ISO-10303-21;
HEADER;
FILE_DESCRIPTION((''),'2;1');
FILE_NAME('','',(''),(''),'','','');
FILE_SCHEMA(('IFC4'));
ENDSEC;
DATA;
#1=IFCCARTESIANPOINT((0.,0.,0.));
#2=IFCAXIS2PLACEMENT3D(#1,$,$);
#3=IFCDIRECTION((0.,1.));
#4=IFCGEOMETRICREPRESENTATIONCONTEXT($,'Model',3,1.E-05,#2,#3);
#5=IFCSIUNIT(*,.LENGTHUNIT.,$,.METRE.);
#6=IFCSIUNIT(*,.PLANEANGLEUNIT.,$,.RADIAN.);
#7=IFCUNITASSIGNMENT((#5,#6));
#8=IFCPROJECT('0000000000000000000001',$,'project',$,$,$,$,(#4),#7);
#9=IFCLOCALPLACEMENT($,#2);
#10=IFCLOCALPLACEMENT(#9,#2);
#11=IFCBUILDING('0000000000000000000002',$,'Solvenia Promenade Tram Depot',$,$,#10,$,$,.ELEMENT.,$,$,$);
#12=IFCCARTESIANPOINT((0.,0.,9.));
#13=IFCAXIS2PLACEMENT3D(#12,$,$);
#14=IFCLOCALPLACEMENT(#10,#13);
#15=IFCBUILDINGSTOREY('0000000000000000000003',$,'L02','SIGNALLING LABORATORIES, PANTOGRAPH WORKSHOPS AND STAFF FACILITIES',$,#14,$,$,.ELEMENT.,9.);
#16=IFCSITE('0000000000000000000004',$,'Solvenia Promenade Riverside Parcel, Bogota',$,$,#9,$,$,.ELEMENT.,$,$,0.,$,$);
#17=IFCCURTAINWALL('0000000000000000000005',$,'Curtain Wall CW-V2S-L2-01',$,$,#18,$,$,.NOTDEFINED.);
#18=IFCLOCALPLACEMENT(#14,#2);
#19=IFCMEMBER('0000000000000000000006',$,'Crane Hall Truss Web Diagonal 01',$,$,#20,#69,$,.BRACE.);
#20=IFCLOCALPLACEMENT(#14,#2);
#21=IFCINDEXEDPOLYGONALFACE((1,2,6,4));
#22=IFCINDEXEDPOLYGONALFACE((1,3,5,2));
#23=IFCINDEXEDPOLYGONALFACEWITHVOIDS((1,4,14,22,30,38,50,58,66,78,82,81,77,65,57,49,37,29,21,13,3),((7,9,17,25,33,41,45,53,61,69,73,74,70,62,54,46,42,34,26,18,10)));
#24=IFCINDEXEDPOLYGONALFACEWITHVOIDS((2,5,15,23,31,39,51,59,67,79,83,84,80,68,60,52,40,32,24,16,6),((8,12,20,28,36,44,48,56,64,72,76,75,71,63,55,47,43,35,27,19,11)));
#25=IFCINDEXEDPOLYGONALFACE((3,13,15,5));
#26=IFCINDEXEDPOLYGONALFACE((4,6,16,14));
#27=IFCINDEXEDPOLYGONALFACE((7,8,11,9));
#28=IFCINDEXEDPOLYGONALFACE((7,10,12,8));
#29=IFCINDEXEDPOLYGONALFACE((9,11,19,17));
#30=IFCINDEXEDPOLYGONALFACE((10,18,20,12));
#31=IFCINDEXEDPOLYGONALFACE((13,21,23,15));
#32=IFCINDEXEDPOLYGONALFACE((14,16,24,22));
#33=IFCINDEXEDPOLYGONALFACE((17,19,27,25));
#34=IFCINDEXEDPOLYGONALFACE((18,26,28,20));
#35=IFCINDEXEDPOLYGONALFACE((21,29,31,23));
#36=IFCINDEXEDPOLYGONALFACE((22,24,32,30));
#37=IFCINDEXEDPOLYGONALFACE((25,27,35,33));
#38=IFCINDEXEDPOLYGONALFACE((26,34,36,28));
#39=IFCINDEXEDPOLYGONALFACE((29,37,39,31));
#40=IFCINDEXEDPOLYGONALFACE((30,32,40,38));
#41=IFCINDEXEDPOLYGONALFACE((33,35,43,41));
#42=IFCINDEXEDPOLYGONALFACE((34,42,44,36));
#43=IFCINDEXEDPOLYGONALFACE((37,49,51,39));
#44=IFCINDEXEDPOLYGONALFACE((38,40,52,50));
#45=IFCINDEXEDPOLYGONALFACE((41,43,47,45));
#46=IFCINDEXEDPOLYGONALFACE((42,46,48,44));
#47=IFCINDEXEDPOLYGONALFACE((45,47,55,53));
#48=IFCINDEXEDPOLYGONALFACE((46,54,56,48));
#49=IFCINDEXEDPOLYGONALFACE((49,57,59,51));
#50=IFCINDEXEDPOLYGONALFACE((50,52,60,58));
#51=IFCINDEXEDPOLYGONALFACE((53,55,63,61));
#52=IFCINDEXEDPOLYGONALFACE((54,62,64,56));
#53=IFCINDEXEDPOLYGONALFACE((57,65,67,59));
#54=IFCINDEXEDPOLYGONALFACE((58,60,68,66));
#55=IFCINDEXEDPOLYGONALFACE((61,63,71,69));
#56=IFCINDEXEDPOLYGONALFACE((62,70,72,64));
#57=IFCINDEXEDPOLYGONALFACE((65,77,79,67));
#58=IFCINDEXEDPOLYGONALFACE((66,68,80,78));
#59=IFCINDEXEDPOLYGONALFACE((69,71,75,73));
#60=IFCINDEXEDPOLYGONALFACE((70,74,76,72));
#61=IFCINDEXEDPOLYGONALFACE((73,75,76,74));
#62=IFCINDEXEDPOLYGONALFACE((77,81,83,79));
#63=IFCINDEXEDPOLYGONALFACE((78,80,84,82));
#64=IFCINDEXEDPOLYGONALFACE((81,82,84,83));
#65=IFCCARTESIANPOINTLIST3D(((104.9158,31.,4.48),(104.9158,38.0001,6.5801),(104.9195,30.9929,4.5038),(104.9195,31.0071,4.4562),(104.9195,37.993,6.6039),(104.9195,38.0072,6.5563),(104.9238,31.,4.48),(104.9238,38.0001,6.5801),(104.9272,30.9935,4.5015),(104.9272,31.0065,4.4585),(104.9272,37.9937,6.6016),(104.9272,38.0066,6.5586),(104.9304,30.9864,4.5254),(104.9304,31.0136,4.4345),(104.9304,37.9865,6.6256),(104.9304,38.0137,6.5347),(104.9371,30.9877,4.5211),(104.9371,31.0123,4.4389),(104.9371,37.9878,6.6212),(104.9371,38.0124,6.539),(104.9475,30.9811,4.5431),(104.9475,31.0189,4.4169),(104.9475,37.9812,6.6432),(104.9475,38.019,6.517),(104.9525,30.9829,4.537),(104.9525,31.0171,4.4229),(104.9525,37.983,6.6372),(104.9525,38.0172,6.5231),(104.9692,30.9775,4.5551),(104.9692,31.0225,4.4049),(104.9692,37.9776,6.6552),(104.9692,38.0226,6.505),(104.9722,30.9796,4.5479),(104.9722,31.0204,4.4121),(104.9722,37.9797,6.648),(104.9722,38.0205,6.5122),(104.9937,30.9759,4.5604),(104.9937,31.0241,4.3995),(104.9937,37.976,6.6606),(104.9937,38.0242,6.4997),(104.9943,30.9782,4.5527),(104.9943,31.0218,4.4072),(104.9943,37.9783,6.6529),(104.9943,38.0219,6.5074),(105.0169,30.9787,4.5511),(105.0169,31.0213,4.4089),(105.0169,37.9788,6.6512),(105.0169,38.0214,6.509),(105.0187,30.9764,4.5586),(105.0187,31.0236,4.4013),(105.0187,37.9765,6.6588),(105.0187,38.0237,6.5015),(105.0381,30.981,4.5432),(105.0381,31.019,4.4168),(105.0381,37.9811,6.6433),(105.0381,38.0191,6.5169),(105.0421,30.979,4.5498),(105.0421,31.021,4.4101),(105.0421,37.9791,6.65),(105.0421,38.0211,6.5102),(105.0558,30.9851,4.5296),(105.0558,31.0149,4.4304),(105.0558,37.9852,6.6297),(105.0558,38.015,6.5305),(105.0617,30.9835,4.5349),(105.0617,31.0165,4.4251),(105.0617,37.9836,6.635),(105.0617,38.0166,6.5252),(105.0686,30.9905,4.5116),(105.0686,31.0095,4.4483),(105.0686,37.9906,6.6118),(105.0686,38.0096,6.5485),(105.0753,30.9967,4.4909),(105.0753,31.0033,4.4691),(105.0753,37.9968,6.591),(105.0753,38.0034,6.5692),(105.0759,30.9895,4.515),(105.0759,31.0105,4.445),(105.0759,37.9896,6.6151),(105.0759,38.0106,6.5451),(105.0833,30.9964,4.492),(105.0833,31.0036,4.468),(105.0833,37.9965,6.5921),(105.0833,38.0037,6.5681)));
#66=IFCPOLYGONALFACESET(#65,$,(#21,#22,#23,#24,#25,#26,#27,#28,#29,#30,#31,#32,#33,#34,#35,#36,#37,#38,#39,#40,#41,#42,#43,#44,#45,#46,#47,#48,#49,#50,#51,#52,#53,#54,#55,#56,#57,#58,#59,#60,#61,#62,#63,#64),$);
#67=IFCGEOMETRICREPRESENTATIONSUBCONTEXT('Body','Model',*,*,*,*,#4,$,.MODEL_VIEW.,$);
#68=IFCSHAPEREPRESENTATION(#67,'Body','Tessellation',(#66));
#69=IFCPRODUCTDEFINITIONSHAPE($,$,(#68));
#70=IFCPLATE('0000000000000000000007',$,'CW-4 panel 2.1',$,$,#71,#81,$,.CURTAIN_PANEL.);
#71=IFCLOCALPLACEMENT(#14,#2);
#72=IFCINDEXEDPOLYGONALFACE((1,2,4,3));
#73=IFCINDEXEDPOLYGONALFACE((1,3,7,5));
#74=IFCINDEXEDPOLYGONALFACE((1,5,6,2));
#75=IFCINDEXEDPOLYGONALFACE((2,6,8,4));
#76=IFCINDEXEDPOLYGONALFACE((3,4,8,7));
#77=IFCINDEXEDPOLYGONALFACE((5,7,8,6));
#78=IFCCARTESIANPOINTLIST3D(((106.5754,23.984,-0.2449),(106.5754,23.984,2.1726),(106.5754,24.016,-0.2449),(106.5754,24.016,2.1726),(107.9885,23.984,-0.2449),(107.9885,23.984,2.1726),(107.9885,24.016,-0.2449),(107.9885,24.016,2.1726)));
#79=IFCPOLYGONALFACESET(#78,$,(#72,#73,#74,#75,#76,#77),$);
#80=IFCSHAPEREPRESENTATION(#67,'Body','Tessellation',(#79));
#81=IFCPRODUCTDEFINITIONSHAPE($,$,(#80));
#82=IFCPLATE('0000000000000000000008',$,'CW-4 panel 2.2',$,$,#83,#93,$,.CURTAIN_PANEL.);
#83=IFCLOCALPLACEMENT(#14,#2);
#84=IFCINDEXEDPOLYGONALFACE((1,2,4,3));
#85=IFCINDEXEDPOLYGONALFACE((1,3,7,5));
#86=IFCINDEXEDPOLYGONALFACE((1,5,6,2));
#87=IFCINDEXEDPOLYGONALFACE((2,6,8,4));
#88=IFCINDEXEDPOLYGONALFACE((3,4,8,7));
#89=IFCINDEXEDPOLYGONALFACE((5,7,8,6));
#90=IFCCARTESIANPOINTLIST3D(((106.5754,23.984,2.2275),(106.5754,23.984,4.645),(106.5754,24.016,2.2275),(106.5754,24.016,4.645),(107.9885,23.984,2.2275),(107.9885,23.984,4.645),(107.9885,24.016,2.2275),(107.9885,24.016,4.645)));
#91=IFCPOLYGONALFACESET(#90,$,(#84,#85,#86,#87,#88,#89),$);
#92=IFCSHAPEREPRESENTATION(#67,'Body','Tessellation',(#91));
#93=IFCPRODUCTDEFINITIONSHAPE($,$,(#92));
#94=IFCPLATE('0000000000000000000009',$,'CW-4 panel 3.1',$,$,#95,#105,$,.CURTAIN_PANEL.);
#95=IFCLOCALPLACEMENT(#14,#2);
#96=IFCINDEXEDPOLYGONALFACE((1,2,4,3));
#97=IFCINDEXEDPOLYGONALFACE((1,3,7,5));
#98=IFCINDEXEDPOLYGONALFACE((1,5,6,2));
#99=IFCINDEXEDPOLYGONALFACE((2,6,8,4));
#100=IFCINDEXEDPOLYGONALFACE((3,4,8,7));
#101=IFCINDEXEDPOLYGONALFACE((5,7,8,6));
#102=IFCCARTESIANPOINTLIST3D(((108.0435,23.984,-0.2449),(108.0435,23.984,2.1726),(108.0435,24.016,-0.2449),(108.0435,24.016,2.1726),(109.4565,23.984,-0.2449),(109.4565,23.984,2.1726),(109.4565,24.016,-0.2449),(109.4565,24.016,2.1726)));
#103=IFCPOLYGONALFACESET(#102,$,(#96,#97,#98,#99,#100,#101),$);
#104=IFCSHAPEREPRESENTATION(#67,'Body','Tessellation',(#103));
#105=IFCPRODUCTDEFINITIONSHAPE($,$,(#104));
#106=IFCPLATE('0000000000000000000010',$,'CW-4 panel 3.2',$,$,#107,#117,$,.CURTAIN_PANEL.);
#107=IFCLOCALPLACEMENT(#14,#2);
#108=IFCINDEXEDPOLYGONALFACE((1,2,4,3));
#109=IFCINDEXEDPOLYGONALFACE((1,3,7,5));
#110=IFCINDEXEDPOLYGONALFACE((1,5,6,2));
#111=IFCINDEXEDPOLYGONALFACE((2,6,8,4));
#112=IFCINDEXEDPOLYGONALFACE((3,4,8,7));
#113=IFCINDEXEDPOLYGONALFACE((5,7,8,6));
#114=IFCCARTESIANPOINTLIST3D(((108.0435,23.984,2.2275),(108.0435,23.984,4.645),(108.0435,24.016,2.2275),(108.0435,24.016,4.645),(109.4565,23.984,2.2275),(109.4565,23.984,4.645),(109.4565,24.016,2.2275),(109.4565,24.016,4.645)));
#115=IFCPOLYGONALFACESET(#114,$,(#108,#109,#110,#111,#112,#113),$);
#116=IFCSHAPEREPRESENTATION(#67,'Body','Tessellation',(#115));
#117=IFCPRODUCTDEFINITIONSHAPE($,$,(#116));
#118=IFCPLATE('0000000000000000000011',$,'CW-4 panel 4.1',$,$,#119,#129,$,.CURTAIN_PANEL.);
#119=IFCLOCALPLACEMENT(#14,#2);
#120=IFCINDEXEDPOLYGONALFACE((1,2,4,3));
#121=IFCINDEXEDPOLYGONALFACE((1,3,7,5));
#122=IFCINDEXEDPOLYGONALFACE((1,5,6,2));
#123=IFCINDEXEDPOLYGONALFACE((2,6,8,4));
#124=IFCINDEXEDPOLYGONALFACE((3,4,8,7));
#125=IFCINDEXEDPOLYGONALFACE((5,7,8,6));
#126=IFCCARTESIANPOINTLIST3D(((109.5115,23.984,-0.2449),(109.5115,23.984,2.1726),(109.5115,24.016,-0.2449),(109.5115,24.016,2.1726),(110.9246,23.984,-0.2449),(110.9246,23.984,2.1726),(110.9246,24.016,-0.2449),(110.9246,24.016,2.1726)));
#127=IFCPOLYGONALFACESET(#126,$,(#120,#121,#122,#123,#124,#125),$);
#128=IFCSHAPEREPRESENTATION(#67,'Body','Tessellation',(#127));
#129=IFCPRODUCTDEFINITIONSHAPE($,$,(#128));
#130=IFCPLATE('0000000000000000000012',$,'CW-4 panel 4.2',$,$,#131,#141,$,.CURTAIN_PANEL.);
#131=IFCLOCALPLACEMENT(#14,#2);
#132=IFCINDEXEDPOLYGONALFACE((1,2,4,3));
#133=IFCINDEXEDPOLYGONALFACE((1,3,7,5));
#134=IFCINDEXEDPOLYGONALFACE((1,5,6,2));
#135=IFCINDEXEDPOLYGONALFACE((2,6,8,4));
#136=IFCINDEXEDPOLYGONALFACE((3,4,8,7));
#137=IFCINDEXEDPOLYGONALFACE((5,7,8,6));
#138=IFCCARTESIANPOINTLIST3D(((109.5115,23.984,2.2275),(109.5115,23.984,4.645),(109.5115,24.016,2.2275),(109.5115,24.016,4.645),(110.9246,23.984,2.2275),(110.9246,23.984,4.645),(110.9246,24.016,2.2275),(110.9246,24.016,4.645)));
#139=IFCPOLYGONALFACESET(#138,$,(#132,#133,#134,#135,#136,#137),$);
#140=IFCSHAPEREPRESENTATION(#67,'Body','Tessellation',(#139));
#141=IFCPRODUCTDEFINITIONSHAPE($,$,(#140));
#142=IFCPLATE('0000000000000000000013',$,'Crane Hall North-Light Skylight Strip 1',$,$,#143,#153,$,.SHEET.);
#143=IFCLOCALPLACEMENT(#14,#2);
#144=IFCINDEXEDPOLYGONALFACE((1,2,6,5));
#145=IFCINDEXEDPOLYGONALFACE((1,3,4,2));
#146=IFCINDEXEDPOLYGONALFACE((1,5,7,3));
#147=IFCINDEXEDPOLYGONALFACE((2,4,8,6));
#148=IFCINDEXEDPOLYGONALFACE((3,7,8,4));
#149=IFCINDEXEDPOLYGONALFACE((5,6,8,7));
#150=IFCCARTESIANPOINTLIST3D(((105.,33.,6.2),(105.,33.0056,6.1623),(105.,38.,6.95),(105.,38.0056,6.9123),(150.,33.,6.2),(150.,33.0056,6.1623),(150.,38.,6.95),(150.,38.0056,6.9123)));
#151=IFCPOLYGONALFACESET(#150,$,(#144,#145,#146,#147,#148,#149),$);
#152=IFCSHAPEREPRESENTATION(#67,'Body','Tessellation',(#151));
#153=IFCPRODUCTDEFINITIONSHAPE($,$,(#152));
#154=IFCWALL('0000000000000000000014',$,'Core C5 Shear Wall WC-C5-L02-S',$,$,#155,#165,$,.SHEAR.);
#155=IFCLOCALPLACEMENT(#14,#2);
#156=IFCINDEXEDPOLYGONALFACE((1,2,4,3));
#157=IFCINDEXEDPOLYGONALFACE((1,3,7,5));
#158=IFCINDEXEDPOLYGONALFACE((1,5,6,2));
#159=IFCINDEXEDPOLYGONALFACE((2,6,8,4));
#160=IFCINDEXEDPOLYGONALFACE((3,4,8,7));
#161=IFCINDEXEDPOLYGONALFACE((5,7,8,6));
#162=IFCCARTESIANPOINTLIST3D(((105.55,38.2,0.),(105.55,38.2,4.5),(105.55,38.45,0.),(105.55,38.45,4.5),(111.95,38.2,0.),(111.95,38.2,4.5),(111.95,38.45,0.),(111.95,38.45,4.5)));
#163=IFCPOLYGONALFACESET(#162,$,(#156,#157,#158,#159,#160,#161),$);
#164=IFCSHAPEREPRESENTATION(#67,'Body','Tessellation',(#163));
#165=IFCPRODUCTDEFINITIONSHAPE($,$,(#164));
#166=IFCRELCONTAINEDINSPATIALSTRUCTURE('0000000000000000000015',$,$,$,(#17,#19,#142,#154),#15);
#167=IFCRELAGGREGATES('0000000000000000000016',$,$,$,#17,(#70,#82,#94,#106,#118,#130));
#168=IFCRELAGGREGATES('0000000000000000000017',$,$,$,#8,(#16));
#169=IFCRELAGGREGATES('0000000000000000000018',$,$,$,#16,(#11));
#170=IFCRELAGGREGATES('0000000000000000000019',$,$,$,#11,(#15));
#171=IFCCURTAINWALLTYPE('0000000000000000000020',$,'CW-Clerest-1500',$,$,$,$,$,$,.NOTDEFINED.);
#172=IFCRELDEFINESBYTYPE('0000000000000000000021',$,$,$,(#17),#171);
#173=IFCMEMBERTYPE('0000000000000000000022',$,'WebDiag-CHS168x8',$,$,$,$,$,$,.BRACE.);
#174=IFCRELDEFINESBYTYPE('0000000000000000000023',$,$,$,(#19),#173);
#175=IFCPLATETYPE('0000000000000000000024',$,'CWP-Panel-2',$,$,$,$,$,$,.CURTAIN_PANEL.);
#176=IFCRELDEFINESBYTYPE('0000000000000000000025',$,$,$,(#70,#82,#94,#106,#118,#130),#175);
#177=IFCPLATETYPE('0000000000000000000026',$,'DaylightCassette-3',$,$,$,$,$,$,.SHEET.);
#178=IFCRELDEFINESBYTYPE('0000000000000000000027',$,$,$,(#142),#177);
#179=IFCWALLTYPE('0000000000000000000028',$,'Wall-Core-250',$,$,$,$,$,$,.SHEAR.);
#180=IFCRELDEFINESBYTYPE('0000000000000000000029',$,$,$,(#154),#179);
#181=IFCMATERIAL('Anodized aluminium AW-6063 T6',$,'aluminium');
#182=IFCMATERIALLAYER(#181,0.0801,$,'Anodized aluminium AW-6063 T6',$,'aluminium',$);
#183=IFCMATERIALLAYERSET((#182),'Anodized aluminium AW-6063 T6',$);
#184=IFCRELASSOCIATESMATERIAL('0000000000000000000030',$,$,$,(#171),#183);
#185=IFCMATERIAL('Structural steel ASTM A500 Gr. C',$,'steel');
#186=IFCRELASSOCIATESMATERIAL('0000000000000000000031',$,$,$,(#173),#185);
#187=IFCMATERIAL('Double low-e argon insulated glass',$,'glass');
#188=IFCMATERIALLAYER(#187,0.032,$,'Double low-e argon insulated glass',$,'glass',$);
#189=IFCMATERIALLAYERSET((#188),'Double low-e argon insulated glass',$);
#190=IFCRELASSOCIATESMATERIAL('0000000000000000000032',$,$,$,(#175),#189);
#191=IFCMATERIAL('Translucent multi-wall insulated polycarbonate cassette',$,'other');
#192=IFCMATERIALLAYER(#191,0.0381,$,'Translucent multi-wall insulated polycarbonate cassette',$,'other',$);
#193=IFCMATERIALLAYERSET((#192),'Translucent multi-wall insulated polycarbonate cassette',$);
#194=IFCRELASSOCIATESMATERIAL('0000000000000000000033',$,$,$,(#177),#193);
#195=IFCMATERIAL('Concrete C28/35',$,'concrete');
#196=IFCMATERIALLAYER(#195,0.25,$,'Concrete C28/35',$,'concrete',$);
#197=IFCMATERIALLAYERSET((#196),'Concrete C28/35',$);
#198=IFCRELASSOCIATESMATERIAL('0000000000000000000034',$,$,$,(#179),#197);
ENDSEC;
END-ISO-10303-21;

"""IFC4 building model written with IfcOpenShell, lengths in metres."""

from ifc_helpers import new_model, si_unit, direction, frame, frame_2d, origin, origin_2d, place, context, subcontext, project, spatial, polyline, rectangle, hollow_circle, outline, extrude, material, layer, layer_set, material_profile, profile_set, type_object, element, aggregate, save


model = new_model("IFC4")

# Units and contexts
model_context = context("Model", 3, precision=1e-05, world=origin(), true_north=direction((0.0, 1.0)))
body_context = subcontext(model_context, "Body", "Model", "MODEL_VIEW")
ifc_project = project(units=[si_unit("LENGTHUNIT", "METRE"), si_unit("PLANEANGLEUNIT", "RADIAN")], contexts=[model_context])

# Site, building, storey
site_placement = place(None, origin())
site = spatial("IfcSite", under=ifc_project, at=site_placement, Name="Solvenia Promenade Riverside Parcel, Bogota", CompositionType="ELEMENT", RefElevation=0.0)
building_placement = place(site_placement, origin())
building = spatial("IfcBuilding", under=site, at=building_placement, Name="Solvenia Promenade Tram Depot", CompositionType="ELEMENT")
storey_placement = place(building_placement, frame((0.0, 0.0, 9.0)))
storey = spatial("IfcBuildingStorey", under=building, at=storey_placement, Name="L02", Description="SIGNALLING LABORATORIES, PANTOGRAPH WORKSHOPS AND STAFF FACILITIES", CompositionType="ELEMENT", Elevation=9.0)

# Shared definitions
ifc_material_1 = material(Name="Anodized aluminium AW-6063 T6", Category="aluminium")

# Curtain wall
ifc_layer_1 = layer(ifc_material_1, 0.0801, Name="Anodized aluminium AW-6063 T6", Category="aluminium")
ifc_layer_set_1 = layer_set([ifc_layer_1], Name="Anodized aluminium AW-6063 T6")
curtain_wall_type_1 = type_object("IfcCurtainWallType", Name="CW-Clerest-1500", PredefinedType="NOTDEFINED", material=ifc_layer_set_1)
curtain_wall_1_placement = place(storey_placement, origin())
curtain_wall_1 = element("IfcCurtainWall", 1, at=curtain_wall_1_placement, inside=storey, type_object=curtain_wall_type_1, Name="Curtain Wall CW-V2S-L2-01", PredefinedType="NOTDEFINED")

# Shared definitions
ifc_material_2 = material(Name="Structural steel ASTM A500 Gr. C", Category="steel")

# Member
ifc_material_profile_1 = material_profile(ifc_material_2, hollow_circle(Radius=0.0842, WallThickness=0.0081, at=origin_2d()), Name="CHS168.3x8", Category="steel")
ifc_profile_set_1 = profile_set([ifc_material_profile_1], Name="Structural steel ASTM A500 Gr. C")
member_type_1 = type_object("IfcMemberType", Name="WebDiag-CHS168x8", PredefinedType="BRACE", material=ifc_profile_set_1)
member_1_placement = place(storey_placement, frame((105.0, 31.0, 4.48), z_axis=(0.0, 0.957823, 0.28736), x_axis=(-1.0, 0.0, 0.0)))
element("IfcMember", 2, at=member_1_placement, inside=storey, type_object=member_type_1, Name="Crane Hall Truss Web Diagonal 01", PredefinedType="BRACE", context=body_context, shape_type="SweptSolid", body=[
    extrude(hollow_circle(Radius=0.0842, WallThickness=0.0081, at=origin_2d()), origin(), (0.0, 0.0, 1.0), 7.3083),
])

# Plates
ifc_material_3 = material(Name="Double low-e argon insulated glass", Category="glass")
ifc_layer_2 = layer(ifc_material_3, 0.032, Name="Double low-e argon insulated glass", Category="glass")
ifc_layer_set_2 = layer_set([ifc_layer_2], Name="Double low-e argon insulated glass")
plate_type_1 = type_object("IfcPlateType", Name="CWP-Panel-2", PredefinedType="CURTAIN_PANEL", material=ifc_layer_set_2)
plate_1_placement = place(storey_placement, frame((107.282, 24.0, -0.2449), z_axis=(0.0, 0.0, 1.0), x_axis=(1.0, 0.0, 0.0)))
plate_1 = element("IfcPlate", 3, at=plate_1_placement, type_object=plate_type_1, Name="CW-4 panel 2.1", PredefinedType="CURTAIN_PANEL", context=body_context, shape_type="SweptSolid", body=[
    extrude(rectangle(XDim=1.4131, YDim=0.032, at=origin_2d()), origin(), (0.0, 0.0, 1.0), 2.4175),
])
plate_2_placement = place(storey_placement, frame((107.282, 24.0, 2.2275), z_axis=(0.0, 0.0, 1.0), x_axis=(1.0, 0.0, 0.0)))
plate_2 = element("IfcPlate", 4, at=plate_2_placement, type_object=plate_type_1, Name="CW-4 panel 2.2", PredefinedType="CURTAIN_PANEL", context=body_context, shape_type="SweptSolid", body=[
    extrude(rectangle(XDim=1.4131, YDim=0.032, at=origin_2d()), origin(), (0.0, 0.0, 1.0), 2.4175),
])
plate_3_placement = place(storey_placement, frame((108.75, 24.0, -0.2449), z_axis=(0.0, 0.0, 1.0), x_axis=(1.0, 0.0, 0.0)))
plate_3 = element("IfcPlate", 5, at=plate_3_placement, type_object=plate_type_1, Name="CW-4 panel 3.1", PredefinedType="CURTAIN_PANEL", context=body_context, shape_type="SweptSolid", body=[
    extrude(rectangle(XDim=1.4131, YDim=0.032, at=origin_2d()), origin(), (0.0, 0.0, 1.0), 2.4175),
])
plate_4_placement = place(storey_placement, frame((108.75, 24.0, 2.2275), z_axis=(0.0, 0.0, 1.0), x_axis=(1.0, 0.0, 0.0)))
plate_4 = element("IfcPlate", 6, at=plate_4_placement, type_object=plate_type_1, Name="CW-4 panel 3.2", PredefinedType="CURTAIN_PANEL", context=body_context, shape_type="SweptSolid", body=[
    extrude(rectangle(XDim=1.4131, YDim=0.032, at=origin_2d()), origin(), (0.0, 0.0, 1.0), 2.4175),
])
plate_5_placement = place(storey_placement, frame((110.218, 24.0, -0.2449), z_axis=(0.0, 0.0, 1.0), x_axis=(1.0, 0.0, 0.0)))
plate_5 = element("IfcPlate", 7, at=plate_5_placement, type_object=plate_type_1, Name="CW-4 panel 4.1", PredefinedType="CURTAIN_PANEL", context=body_context, shape_type="SweptSolid", body=[
    extrude(rectangle(XDim=1.4131, YDim=0.032, at=origin_2d()), origin(), (0.0, 0.0, 1.0), 2.4175),
])
plate_6_placement = place(storey_placement, frame((110.218, 24.0, 2.2275), z_axis=(0.0, 0.0, 1.0), x_axis=(1.0, 0.0, 0.0)))
plate_6 = element("IfcPlate", 8, at=plate_6_placement, type_object=plate_type_1, Name="CW-4 panel 4.2", PredefinedType="CURTAIN_PANEL", context=body_context, shape_type="SweptSolid", body=[
    extrude(rectangle(XDim=1.4131, YDim=0.032, at=origin_2d()), origin(), (0.0, 0.0, 1.0), 2.4175),
])
aggregate(curtain_wall_1, [plate_1, plate_2, plate_3, plate_4, plate_5, plate_6])
ifc_material_4 = material(Name="Translucent multi-wall insulated polycarbonate cassette", Category="other")
ifc_layer_3 = layer(ifc_material_4, 0.0381, Name="Translucent multi-wall insulated polycarbonate cassette", Category="other")
ifc_layer_set_3 = layer_set([ifc_layer_3], Name="Translucent multi-wall insulated polycarbonate cassette")
plate_type_2 = type_object("IfcPlateType", Name="DaylightCassette-3", PredefinedType="SHEET", material=ifc_layer_set_3)
plate_7_placement = place(storey_placement, frame((105.0, 33.0, 6.2), z_axis=(0.0, -0.14834, 0.988936), x_axis=(1.0, 0.0, 0.0)))
element("IfcPlate", 9, at=plate_7_placement, inside=storey, type_object=plate_type_2, Name="Crane Hall North-Light Skylight Strip 1", PredefinedType="SHEET", context=body_context, shape_type="SweptSolid", body=[
    extrude(outline(polyline([(0.0, 0.0), (45.0, 0.0), (45.0, 5.0559), (0.0, 5.0559), (0.0, 0.0)])), origin(), (0.0, 0.0, -1.0), 0.0381),
])

# Wall
ifc_material_5 = material(Name="Concrete C28/35", Category="concrete")
ifc_layer_4 = layer(ifc_material_5, 0.25, Name="Concrete C28/35", Category="concrete")
ifc_layer_set_4 = layer_set([ifc_layer_4], Name="Concrete C28/35")
wall_type = type_object("IfcWallType", Name="Wall-Core-250", PredefinedType="SHEAR", material=ifc_layer_set_4)
wall_placement = place(storey_placement, frame((105.55, 38.325, 0.0), z_axis=(0.0, 0.0, 1.0), x_axis=(1.0, 0.0, 0.0)))
element("IfcWall", 10, at=wall_placement, inside=storey, type_object=wall_type, Name="Core C5 Shear Wall WC-C5-L02-S", PredefinedType="SHEAR", context=body_context, shape_type="SweptSolid", body=[
    extrude(rectangle(XDim=6.3999, YDim=0.25, at=frame_2d((3.2, 0.0))), origin(), (0.0, 0.0, 1.0), 4.5),
])

save(model, "model.ifc")
